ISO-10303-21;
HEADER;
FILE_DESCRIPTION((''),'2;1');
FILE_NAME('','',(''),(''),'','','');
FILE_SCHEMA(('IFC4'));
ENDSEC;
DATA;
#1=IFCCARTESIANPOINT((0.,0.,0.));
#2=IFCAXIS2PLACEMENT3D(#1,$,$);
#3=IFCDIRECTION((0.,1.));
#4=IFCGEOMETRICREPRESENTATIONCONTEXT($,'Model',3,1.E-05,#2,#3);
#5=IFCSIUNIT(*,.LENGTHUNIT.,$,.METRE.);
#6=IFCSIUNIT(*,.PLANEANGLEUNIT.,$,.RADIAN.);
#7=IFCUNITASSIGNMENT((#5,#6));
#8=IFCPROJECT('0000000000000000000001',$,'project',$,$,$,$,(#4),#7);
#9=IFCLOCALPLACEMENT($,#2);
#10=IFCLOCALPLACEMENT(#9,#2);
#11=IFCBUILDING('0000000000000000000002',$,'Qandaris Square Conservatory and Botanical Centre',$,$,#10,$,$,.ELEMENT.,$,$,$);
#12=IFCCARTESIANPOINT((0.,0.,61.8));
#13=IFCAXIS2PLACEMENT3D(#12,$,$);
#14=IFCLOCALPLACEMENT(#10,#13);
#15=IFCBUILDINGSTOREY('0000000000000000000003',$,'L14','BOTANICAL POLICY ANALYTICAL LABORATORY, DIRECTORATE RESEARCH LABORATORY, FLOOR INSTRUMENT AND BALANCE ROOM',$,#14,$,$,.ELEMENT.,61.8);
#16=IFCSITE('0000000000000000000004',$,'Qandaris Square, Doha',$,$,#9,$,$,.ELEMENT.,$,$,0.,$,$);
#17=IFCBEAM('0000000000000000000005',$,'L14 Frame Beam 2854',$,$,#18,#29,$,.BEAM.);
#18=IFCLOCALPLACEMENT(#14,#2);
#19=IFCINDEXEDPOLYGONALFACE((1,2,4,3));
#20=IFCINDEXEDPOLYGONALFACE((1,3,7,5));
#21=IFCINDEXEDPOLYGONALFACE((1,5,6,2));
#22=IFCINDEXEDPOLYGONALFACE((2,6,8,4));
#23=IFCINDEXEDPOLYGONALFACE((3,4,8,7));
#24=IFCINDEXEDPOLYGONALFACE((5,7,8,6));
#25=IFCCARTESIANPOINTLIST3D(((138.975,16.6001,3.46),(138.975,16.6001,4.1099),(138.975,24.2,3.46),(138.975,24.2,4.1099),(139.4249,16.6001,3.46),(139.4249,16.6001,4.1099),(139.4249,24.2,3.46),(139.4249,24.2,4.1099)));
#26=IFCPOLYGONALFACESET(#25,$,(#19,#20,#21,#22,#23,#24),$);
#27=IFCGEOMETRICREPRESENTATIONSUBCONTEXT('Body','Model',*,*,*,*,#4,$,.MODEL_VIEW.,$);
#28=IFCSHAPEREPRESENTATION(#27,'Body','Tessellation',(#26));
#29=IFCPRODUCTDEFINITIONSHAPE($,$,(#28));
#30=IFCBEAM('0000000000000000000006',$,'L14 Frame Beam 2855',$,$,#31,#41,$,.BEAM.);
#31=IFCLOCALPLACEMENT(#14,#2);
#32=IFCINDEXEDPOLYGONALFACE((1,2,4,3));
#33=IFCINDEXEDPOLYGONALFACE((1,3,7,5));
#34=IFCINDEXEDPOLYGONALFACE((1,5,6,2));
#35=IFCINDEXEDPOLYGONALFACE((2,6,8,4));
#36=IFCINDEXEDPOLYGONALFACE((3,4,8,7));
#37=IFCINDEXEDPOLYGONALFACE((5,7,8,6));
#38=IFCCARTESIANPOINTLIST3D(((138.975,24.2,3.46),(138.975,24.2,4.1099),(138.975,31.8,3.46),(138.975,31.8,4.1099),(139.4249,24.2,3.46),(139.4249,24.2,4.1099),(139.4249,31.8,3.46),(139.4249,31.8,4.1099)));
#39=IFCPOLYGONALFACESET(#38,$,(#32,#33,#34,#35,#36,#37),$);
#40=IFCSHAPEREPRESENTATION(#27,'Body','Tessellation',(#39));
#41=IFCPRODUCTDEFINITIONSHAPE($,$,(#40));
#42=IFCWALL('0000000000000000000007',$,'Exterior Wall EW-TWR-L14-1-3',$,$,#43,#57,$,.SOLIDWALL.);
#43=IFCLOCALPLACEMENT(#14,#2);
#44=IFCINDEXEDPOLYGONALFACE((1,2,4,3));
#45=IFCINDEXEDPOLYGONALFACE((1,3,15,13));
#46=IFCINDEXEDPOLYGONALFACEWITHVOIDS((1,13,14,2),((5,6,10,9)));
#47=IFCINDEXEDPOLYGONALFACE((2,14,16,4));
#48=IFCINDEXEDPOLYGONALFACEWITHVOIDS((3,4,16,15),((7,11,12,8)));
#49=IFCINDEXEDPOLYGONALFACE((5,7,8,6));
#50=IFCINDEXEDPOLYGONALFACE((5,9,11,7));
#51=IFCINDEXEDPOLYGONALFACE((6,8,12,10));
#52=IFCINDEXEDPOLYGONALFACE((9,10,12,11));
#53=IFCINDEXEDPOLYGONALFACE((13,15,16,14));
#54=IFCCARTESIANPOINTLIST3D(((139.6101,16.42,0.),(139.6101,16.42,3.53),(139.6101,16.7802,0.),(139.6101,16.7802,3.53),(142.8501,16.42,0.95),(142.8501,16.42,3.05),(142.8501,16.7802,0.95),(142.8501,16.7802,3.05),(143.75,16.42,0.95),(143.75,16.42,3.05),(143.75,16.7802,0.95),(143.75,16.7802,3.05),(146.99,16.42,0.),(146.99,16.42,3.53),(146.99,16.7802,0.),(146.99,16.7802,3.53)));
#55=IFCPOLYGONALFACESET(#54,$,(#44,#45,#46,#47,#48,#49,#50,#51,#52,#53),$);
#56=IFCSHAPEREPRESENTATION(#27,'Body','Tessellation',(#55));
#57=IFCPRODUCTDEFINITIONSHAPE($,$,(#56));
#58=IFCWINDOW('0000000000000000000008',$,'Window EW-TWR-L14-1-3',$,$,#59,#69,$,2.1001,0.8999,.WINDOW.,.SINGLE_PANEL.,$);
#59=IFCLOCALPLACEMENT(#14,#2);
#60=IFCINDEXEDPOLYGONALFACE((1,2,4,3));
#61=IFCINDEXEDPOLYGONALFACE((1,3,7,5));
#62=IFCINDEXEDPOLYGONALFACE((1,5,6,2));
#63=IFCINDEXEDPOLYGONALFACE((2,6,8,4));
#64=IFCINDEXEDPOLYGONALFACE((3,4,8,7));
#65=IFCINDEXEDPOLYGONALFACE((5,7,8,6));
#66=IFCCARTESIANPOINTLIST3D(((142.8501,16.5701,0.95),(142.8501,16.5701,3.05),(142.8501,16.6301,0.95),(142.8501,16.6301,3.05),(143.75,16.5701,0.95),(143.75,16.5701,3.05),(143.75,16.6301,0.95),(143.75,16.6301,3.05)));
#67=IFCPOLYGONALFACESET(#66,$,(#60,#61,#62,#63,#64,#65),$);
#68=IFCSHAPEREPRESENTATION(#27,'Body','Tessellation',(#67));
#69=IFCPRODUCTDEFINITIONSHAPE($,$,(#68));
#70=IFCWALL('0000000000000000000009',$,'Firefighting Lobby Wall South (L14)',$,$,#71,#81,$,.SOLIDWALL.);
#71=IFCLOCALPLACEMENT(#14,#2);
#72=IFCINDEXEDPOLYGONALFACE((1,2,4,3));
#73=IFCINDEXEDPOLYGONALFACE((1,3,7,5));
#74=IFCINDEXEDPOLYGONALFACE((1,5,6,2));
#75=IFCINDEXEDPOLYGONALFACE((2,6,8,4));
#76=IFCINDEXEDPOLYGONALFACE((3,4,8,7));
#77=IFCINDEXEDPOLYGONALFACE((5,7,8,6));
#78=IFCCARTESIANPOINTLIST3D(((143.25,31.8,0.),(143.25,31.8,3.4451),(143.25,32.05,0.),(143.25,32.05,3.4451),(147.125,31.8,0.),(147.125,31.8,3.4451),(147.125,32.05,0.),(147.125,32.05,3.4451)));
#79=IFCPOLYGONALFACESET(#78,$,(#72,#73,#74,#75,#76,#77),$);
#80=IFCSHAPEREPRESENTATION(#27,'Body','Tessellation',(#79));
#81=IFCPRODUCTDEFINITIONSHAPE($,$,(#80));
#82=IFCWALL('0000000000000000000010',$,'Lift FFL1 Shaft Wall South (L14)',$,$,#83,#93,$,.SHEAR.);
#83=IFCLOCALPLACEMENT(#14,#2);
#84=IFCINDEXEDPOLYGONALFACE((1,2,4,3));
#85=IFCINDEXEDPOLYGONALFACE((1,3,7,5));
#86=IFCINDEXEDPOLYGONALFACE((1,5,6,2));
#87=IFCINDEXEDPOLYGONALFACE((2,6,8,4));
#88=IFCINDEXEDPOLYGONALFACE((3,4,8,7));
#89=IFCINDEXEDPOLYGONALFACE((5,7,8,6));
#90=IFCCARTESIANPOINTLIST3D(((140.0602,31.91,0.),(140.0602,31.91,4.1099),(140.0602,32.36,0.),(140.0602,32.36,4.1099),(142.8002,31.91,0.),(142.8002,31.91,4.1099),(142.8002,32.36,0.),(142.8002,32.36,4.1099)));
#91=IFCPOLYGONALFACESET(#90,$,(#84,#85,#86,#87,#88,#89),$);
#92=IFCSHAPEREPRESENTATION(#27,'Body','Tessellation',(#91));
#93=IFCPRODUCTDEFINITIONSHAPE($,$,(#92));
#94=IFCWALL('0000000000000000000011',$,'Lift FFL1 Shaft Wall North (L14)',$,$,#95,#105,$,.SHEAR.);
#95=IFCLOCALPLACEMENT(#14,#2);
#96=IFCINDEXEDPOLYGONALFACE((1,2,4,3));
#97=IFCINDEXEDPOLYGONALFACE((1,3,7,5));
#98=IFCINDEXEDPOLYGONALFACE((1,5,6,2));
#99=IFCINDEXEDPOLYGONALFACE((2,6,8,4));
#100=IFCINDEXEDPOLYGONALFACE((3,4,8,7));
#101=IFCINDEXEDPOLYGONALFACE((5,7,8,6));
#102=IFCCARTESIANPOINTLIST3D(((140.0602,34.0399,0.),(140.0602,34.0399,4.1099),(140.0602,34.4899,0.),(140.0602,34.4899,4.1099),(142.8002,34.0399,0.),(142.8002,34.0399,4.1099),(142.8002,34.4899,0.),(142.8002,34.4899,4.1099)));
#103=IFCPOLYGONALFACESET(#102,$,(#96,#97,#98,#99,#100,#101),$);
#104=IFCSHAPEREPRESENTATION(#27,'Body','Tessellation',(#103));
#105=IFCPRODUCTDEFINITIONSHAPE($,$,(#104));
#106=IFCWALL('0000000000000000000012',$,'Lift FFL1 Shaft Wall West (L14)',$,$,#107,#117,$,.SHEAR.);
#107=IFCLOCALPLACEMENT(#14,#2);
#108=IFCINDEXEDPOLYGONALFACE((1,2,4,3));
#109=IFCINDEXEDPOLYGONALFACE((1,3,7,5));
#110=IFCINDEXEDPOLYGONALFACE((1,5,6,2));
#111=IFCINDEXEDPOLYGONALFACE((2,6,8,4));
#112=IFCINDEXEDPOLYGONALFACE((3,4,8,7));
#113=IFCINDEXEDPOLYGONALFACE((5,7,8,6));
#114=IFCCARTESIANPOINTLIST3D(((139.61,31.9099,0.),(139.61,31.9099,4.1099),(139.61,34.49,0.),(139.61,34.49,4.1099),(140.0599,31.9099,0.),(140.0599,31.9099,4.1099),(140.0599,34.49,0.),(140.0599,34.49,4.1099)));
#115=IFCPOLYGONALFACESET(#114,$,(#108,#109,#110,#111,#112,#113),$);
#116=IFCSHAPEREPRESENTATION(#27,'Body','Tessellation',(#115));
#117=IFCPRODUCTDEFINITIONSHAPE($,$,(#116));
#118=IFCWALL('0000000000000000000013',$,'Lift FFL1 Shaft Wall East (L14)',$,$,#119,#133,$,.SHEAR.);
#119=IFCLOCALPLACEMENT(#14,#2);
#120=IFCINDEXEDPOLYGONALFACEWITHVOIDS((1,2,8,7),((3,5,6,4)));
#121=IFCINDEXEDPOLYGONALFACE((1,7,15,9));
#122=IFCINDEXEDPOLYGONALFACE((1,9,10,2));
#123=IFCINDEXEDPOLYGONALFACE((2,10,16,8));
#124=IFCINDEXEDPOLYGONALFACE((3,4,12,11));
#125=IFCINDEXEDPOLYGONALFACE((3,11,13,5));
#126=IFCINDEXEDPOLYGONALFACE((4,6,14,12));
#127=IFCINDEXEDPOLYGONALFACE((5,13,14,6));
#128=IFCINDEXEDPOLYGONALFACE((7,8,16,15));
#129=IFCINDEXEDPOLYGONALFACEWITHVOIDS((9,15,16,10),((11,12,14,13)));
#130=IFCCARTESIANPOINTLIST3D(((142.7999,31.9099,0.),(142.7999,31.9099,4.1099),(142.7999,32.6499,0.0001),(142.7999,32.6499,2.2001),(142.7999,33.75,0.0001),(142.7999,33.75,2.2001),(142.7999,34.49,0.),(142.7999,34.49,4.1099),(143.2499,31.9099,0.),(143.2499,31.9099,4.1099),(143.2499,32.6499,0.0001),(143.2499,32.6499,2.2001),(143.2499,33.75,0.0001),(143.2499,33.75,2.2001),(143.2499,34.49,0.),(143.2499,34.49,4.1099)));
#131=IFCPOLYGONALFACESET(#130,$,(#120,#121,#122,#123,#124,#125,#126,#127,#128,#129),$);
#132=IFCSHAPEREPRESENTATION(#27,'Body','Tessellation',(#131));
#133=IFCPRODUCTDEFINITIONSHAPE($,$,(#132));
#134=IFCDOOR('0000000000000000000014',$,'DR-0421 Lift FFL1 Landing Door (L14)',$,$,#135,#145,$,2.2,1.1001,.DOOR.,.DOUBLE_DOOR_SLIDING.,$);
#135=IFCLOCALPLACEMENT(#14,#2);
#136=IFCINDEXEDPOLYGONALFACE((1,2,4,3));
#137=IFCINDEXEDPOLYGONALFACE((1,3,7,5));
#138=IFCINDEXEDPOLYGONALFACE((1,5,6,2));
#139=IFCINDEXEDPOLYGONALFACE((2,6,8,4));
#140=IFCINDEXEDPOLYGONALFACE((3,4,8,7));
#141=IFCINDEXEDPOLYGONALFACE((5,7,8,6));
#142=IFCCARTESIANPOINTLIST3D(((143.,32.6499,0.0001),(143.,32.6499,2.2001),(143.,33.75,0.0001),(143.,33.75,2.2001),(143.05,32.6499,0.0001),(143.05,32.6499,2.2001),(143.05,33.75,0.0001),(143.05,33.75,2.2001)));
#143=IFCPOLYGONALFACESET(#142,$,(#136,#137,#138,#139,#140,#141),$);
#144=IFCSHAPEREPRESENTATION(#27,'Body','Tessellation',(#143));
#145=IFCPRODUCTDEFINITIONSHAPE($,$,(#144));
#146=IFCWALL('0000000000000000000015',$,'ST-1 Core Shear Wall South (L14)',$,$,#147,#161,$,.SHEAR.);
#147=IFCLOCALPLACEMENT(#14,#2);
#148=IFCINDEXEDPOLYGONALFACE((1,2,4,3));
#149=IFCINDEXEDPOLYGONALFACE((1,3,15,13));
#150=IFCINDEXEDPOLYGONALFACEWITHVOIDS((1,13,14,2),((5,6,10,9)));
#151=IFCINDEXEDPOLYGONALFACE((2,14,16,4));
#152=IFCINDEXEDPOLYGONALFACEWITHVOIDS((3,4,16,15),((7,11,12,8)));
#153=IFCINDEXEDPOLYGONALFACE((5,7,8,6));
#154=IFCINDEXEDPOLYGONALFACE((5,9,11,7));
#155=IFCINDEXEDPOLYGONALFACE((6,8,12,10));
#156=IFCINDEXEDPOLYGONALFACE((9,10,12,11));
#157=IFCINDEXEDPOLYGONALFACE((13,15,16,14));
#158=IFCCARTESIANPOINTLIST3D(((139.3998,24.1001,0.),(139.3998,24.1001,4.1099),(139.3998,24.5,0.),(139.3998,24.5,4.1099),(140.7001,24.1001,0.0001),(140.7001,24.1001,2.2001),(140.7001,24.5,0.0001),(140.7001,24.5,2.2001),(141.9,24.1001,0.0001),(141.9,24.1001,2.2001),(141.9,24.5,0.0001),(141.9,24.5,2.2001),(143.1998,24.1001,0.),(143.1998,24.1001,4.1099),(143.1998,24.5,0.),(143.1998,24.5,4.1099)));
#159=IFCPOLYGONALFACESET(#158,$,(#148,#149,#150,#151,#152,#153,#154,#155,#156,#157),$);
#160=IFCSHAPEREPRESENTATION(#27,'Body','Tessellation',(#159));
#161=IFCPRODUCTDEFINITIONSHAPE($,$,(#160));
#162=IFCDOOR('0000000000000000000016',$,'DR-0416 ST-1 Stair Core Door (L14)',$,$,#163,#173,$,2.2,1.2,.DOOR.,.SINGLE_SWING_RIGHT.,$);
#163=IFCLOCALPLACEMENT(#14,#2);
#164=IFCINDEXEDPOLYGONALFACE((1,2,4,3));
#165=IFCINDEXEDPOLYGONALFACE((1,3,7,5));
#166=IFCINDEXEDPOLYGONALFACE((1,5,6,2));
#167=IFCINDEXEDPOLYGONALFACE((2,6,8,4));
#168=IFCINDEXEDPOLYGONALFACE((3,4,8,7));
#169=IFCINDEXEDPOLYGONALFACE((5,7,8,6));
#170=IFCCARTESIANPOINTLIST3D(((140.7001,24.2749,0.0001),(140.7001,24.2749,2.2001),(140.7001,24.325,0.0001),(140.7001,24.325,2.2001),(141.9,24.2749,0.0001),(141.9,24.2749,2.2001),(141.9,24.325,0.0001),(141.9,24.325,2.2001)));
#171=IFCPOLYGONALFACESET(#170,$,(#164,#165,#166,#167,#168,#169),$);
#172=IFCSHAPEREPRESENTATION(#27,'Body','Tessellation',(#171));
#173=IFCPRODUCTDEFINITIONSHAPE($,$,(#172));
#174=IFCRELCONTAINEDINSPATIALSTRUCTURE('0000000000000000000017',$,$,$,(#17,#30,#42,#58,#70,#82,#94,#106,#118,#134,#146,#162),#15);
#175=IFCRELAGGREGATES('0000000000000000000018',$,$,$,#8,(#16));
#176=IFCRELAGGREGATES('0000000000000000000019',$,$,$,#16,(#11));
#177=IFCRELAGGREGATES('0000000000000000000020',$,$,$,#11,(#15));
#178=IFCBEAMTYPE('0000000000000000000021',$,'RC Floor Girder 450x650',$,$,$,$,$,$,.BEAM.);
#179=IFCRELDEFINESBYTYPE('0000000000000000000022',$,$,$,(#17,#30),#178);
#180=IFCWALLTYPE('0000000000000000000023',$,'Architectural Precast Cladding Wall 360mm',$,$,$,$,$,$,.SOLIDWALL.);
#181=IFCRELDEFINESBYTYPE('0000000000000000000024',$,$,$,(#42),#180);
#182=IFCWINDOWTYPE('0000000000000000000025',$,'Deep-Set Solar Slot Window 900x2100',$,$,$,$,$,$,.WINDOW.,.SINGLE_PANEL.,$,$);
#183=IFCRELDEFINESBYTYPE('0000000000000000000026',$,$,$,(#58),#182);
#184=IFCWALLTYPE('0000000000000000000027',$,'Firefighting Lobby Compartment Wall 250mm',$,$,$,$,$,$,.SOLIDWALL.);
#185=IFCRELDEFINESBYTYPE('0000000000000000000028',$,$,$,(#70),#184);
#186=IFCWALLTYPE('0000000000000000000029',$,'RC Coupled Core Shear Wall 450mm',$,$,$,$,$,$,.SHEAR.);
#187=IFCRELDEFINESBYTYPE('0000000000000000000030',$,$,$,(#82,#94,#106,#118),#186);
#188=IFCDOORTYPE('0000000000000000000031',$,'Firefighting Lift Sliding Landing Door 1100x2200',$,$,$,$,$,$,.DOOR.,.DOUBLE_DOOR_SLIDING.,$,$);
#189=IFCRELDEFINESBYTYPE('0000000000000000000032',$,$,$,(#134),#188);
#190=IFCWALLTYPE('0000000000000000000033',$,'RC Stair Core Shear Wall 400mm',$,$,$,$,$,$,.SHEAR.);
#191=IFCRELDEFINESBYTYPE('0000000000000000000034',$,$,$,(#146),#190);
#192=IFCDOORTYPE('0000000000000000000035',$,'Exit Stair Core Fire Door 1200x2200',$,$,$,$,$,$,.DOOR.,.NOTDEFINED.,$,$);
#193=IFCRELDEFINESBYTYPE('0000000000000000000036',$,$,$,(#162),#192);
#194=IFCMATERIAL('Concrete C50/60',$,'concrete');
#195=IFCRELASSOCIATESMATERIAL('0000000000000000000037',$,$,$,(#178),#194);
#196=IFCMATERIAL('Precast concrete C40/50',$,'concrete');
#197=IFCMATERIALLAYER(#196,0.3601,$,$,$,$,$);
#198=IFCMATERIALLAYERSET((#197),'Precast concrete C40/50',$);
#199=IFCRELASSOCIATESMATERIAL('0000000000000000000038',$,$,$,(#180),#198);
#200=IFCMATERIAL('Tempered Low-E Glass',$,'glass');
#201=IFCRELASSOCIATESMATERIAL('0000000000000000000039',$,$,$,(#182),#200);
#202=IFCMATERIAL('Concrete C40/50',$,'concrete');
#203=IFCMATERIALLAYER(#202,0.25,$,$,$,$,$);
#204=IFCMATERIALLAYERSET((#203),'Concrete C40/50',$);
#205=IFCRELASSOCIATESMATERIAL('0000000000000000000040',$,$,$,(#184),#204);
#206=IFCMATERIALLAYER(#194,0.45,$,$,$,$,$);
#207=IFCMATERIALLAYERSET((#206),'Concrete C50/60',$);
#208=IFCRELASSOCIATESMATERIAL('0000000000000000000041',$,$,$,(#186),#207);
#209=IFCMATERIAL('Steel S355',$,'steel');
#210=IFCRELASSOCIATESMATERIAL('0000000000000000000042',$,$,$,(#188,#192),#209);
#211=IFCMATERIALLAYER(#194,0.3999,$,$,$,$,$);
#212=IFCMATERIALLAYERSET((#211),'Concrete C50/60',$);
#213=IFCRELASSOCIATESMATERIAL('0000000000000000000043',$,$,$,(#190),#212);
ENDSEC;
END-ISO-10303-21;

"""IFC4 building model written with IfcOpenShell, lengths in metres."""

from ifc_helpers import new_model, si_unit, direction, frame, frame_2d, origin, origin_2d, place, context, subcontext, project, spatial, rectangle, extrude, material, layer, layer_set, material_profile, profile_set, type_object, element, fill, save


model = new_model("IFC4")

# Units and contexts
model_context = context("Model", 3, precision=1e-05, world=origin(), true_north=direction((0.0, 1.0)))
body_context = subcontext(model_context, "Body", "Model", "MODEL_VIEW")
ifc_project = project(units=[si_unit("LENGTHUNIT", "METRE"), si_unit("PLANEANGLEUNIT", "RADIAN")], contexts=[model_context])

# Site, building, storey
site_placement = place(None, origin())
site = spatial("IfcSite", under=ifc_project, at=site_placement, Name="Qandaris Square, Doha", CompositionType="ELEMENT", RefElevation=0.0)
building_placement = place(site_placement, origin())
building = spatial("IfcBuilding", under=site, at=building_placement, Name="Qandaris Square Conservatory and Botanical Centre", CompositionType="ELEMENT")
storey_placement = place(building_placement, frame((0.0, 0.0, 61.8)))
storey = spatial("IfcBuildingStorey", under=building, at=storey_placement, Name="L14", Description="BOTANICAL POLICY ANALYTICAL LABORATORY, DIRECTORATE RESEARCH LABORATORY, FLOOR INSTRUMENT AND BALANCE ROOM", CompositionType="ELEMENT", Elevation=61.8)

# Beams
ifc_material_1 = material(Name="Steel S355", Category="steel")
ifc_material_2 = material(Name="Concrete C50/60", Category="concrete")
ifc_material_profile_1 = material_profile(ifc_material_2, rectangle(XDim=0.45, YDim=0.6499, at=origin_2d()), Name="RC-BM 450x650")
ifc_profile_set_1 = profile_set([ifc_material_profile_1], Name="Concrete C50/60")
beam_type_1 = type_object("IfcBeamType", Name="RC Floor Girder 450x650", PredefinedType="BEAM", material=ifc_profile_set_1)
beam_1_placement = place(storey_placement, frame((139.2, 16.6001, 3.7849), z_axis=(0.0, 1.0, 0.0), x_axis=(-1.0, 0.0, 0.0)))
element("IfcBeam", 1, at=beam_1_placement, inside=storey, type_object=beam_type_1, Name="L14 Frame Beam 2854", PredefinedType="BEAM", context=body_context, shape_type="SweptSolid", body=[
    extrude(rectangle(XDim=0.45, YDim=0.6499, at=origin_2d()), origin(), (0.0, 0.0, 1.0), 7.5999),
])
beam_2_placement = place(storey_placement, frame((139.2, 24.2, 3.7849), z_axis=(0.0, 1.0, 0.0), x_axis=(-1.0, 0.0, 0.0)))
element("IfcBeam", 2, at=beam_2_placement, inside=storey, type_object=beam_type_1, Name="L14 Frame Beam 2855", PredefinedType="BEAM", context=body_context, shape_type="SweptSolid", body=[
    extrude(rectangle(XDim=0.45, YDim=0.6499, at=origin_2d()), origin(), (0.0, 0.0, 1.0), 7.6001),
])

# Wall, opening, window
ifc_material_3 = material(Name="Precast concrete C40/50", Category="concrete")
ifc_layer_1 = layer(ifc_material_3, 0.3601)
ifc_layer_set_1 = layer_set([ifc_layer_1], Name="Precast concrete C40/50")
wall_type_1 = type_object("IfcWallType", Name="Architectural Precast Cladding Wall 360mm", PredefinedType="SOLIDWALL", material=ifc_layer_set_1)
wall_1_placement = place(storey_placement, frame((139.6101, 16.6001, 0.0), z_axis=(0.0, 0.0, 1.0), x_axis=(1.0, 0.0, 0.0)))
wall_1 = element("IfcWall", 3, at=wall_1_placement, inside=storey, type_object=wall_type_1, Name="Exterior Wall EW-TWR-L14-1-3", PredefinedType="SOLIDWALL", context=body_context, shape_type="SweptSolid", body=[
    extrude(rectangle(XDim=7.3799, YDim=0.3601, at=frame_2d((3.6899, 0.0))), origin(), (0.0, 0.0, 1.0), 3.53),
])
opening_1_placement = place(wall_1_placement, frame((3.24, 0.0, 0.95)))
opening_1 = element("IfcOpeningElement", 4, at=opening_1_placement, cuts=wall_1, PredefinedType="OPENING", context=body_context, shape_type="SweptSolid", body=[
    extrude(rectangle(XDim=0.8999, YDim=2.1001, at=frame_2d((0.45, 1.05))), frame((0.0, 0.1919, 0.0), z_axis=(0.0, -1.0, 0.0), x_axis=(1.0, 0.0, 0.0)), (0.0, 0.0, 1.0), 0.384),
])
ifc_material_4 = material(Name="Tempered Low-E Glass", Category="glass")
window_type = type_object("IfcWindowType", Name="Deep-Set Solar Slot Window 900x2100", PartitioningType="SINGLE_PANEL", PredefinedType="WINDOW", material=ifc_material_4)
window_placement = place(opening_1_placement, origin())
window = element("IfcWindow", 5, at=window_placement, inside=storey, type_object=window_type, Name="Window EW-TWR-L14-1-3", OverallHeight=2.1001, OverallWidth=0.8999, PartitioningType="SINGLE_PANEL", PredefinedType="WINDOW", context=body_context, shape_type="SweptSolid", body=[
    extrude(rectangle(XDim=0.8999, YDim=2.1001, at=frame_2d((0.45, 1.05))), frame((0.0, 0.03, 0.0), z_axis=(0.0, -1.0, 0.0), x_axis=(1.0, 0.0, 0.0)), (0.0, 0.0, 1.0), 0.0601),
])
fill(opening_1, window)

# Walls
ifc_material_5 = material(Name="Concrete C40/50", Category="concrete")
ifc_layer_2 = layer(ifc_material_5, 0.25)
ifc_layer_set_2 = layer_set([ifc_layer_2], Name="Concrete C40/50")
wall_type_2 = type_object("IfcWallType", Name="Firefighting Lobby Compartment Wall 250mm", PredefinedType="SOLIDWALL", material=ifc_layer_set_2)
wall_2_placement = place(storey_placement, frame((143.25, 31.925, 0.0), z_axis=(0.0, 0.0, 1.0), x_axis=(1.0, 0.0, 0.0)))
element("IfcWall", 6, at=wall_2_placement, inside=storey, type_object=wall_type_2, Name="Firefighting Lobby Wall South (L14)", PredefinedType="SOLIDWALL", context=body_context, shape_type="SweptSolid", body=[
    extrude(rectangle(XDim=3.875, YDim=0.25, at=frame_2d((1.9375, 0.0))), origin(), (0.0, 0.0, 1.0), 3.4451),
])
ifc_layer_3 = layer(ifc_material_2, 0.45)
ifc_layer_set_3 = layer_set([ifc_layer_3], Name="Concrete C50/60")
wall_type_3 = type_object("IfcWallType", Name="RC Coupled Core Shear Wall 450mm", PredefinedType="SHEAR", material=ifc_layer_set_3)
for number, where, z_axis, x_axis, name in (
    (7, (140.0601, 32.135, 0.0), (0.0, 0.0, 1.0), (1.0, 0.0, 0.0), "Lift FFL1 Shaft Wall South (L14)"),
    (8, (140.0601, 34.2649, 0.0), (0.0, 0.0, 1.0), (1.0, 0.0, 0.0), "Lift FFL1 Shaft Wall North (L14)"),
):
    element("IfcWall", number, at=place(storey_placement, frame(where, z_axis=z_axis, x_axis=x_axis)), inside=storey, type_object=wall_type_3, Name=name, PredefinedType="SHEAR", context=body_context, shape_type="SweptSolid", body=[
        extrude(rectangle(XDim=2.74, YDim=0.45, at=frame_2d((1.3701, 0.0))), origin(), (0.0, 0.0, 1.0), 4.1099),
    ])
wall_3_placement = place(storey_placement, frame((139.835, 31.9099, 0.0), z_axis=(0.0, 0.0, 1.0), x_axis=(0.0, 1.0, 0.0)))
element("IfcWall", 9, at=wall_3_placement, inside=storey, type_object=wall_type_3, Name="Lift FFL1 Shaft Wall West (L14)", PredefinedType="SHEAR", context=body_context, shape_type="SweptSolid", body=[
    extrude(rectangle(XDim=2.5801, YDim=0.45, at=frame_2d((1.29, 0.0))), origin(), (0.0, 0.0, 1.0), 4.1099),
])

# Walls, openings, doors
wall_4_placement = place(storey_placement, frame((143.0249, 31.9099, 0.0), z_axis=(0.0, 0.0, 1.0), x_axis=(0.0, 1.0, 0.0)))
wall_4 = element("IfcWall", 10, at=wall_4_placement, inside=storey, type_object=wall_type_3, Name="Lift FFL1 Shaft Wall East (L14)", PredefinedType="SHEAR", context=body_context, shape_type="SweptSolid", body=[
    extrude(rectangle(XDim=2.5801, YDim=0.45, at=frame_2d((1.29, 0.0))), origin(), (0.0, 0.0, 1.0), 4.1099),
])
opening_2_placement = place(wall_4_placement, frame((0.74, 0.0, 0.0)))
opening_2 = element("IfcOpeningElement", 11, at=opening_2_placement, cuts=wall_4, PredefinedType="OPENING", context=body_context, shape_type="SweptSolid", body=[
    extrude(rectangle(XDim=1.1001, YDim=2.2, at=frame_2d((0.55, 1.1001))), frame((0.0, 0.2368, 0.0), z_axis=(0.0, -1.0, 0.0), x_axis=(1.0, 0.0, 0.0)), (0.0, 0.0, 1.0), 0.4739),
])
door_type_1 = type_object("IfcDoorType", Name="Firefighting Lift Sliding Landing Door 1100x2200", OperationType="DOUBLE_DOOR_SLIDING", PredefinedType="DOOR", material=ifc_material_1)
door_1_placement = place(opening_2_placement, origin())
door_1 = element("IfcDoor", 12, at=door_1_placement, inside=storey, type_object=door_type_1, Name="DR-0421 Lift FFL1 Landing Door (L14)", OperationType="DOUBLE_DOOR_SLIDING", OverallHeight=2.2, OverallWidth=1.1001, PredefinedType="DOOR", context=body_context, shape_type="SweptSolid", body=[
    extrude(rectangle(XDim=1.1001, YDim=2.2, at=frame_2d((0.55, 1.1001))), frame((0.0, 0.0249, 0.0), z_axis=(0.0, -1.0, 0.0), x_axis=(1.0, 0.0, 0.0)), (0.0, 0.0, 1.0), 0.05),
])
fill(opening_2, door_1)
ifc_layer_4 = layer(ifc_material_2, 0.3999)
ifc_layer_set_4 = layer_set([ifc_layer_4], Name="Concrete C50/60")
wall_type_4 = type_object("IfcWallType", Name="RC Stair Core Shear Wall 400mm", PredefinedType="SHEAR", material=ifc_layer_set_4)
wall_5_placement = place(storey_placement, frame((139.3999, 24.3, 0.0), z_axis=(0.0, 0.0, 1.0), x_axis=(1.0, 0.0, 0.0)))
wall_5 = element("IfcWall", 13, at=wall_5_placement, inside=storey, type_object=wall_type_4, Name="ST-1 Core Shear Wall South (L14)", PredefinedType="SHEAR", context=body_context, shape_type="SweptSolid", body=[
    extrude(rectangle(XDim=3.8, YDim=0.3999, at=frame_2d((1.8999, 0.0))), origin(), (0.0, 0.0, 1.0), 4.1099),
])
opening_3_placement = place(wall_5_placement, frame((1.3, 0.0, 0.0)))
opening_3 = element("IfcOpeningElement", 14, at=opening_3_placement, cuts=wall_5, PredefinedType="OPENING", context=body_context, shape_type="SweptSolid", body=[
    extrude(rectangle(XDim=1.2, YDim=2.2, at=frame_2d((0.6001, 1.1001))), frame((0.0, 0.2119, 0.0), z_axis=(0.0, -1.0, 0.0), x_axis=(1.0, 0.0, 0.0)), (0.0, 0.0, 1.0), 0.4238),
])
door_type_2 = type_object("IfcDoorType", Name="Exit Stair Core Fire Door 1200x2200", OperationType="NOTDEFINED", PredefinedType="DOOR", material=ifc_material_1)
door_2_placement = place(opening_3_placement, origin())
door_2 = element("IfcDoor", 15, at=door_2_placement, inside=storey, type_object=door_type_2, Name="DR-0416 ST-1 Stair Core Door (L14)", OperationType="SINGLE_SWING_RIGHT", OverallHeight=2.2, OverallWidth=1.2, PredefinedType="DOOR", context=body_context, shape_type="SweptSolid", body=[
    extrude(rectangle(XDim=1.2, YDim=2.2, at=frame_2d((0.6001, 1.1001))), frame((0.0, 0.0249, 0.0), z_axis=(0.0, -1.0, 0.0), x_axis=(1.0, 0.0, 0.0)), (0.0, 0.0, 1.0), 0.05),
])
fill(opening_3, door_2)

save(model, "model.ifc")
